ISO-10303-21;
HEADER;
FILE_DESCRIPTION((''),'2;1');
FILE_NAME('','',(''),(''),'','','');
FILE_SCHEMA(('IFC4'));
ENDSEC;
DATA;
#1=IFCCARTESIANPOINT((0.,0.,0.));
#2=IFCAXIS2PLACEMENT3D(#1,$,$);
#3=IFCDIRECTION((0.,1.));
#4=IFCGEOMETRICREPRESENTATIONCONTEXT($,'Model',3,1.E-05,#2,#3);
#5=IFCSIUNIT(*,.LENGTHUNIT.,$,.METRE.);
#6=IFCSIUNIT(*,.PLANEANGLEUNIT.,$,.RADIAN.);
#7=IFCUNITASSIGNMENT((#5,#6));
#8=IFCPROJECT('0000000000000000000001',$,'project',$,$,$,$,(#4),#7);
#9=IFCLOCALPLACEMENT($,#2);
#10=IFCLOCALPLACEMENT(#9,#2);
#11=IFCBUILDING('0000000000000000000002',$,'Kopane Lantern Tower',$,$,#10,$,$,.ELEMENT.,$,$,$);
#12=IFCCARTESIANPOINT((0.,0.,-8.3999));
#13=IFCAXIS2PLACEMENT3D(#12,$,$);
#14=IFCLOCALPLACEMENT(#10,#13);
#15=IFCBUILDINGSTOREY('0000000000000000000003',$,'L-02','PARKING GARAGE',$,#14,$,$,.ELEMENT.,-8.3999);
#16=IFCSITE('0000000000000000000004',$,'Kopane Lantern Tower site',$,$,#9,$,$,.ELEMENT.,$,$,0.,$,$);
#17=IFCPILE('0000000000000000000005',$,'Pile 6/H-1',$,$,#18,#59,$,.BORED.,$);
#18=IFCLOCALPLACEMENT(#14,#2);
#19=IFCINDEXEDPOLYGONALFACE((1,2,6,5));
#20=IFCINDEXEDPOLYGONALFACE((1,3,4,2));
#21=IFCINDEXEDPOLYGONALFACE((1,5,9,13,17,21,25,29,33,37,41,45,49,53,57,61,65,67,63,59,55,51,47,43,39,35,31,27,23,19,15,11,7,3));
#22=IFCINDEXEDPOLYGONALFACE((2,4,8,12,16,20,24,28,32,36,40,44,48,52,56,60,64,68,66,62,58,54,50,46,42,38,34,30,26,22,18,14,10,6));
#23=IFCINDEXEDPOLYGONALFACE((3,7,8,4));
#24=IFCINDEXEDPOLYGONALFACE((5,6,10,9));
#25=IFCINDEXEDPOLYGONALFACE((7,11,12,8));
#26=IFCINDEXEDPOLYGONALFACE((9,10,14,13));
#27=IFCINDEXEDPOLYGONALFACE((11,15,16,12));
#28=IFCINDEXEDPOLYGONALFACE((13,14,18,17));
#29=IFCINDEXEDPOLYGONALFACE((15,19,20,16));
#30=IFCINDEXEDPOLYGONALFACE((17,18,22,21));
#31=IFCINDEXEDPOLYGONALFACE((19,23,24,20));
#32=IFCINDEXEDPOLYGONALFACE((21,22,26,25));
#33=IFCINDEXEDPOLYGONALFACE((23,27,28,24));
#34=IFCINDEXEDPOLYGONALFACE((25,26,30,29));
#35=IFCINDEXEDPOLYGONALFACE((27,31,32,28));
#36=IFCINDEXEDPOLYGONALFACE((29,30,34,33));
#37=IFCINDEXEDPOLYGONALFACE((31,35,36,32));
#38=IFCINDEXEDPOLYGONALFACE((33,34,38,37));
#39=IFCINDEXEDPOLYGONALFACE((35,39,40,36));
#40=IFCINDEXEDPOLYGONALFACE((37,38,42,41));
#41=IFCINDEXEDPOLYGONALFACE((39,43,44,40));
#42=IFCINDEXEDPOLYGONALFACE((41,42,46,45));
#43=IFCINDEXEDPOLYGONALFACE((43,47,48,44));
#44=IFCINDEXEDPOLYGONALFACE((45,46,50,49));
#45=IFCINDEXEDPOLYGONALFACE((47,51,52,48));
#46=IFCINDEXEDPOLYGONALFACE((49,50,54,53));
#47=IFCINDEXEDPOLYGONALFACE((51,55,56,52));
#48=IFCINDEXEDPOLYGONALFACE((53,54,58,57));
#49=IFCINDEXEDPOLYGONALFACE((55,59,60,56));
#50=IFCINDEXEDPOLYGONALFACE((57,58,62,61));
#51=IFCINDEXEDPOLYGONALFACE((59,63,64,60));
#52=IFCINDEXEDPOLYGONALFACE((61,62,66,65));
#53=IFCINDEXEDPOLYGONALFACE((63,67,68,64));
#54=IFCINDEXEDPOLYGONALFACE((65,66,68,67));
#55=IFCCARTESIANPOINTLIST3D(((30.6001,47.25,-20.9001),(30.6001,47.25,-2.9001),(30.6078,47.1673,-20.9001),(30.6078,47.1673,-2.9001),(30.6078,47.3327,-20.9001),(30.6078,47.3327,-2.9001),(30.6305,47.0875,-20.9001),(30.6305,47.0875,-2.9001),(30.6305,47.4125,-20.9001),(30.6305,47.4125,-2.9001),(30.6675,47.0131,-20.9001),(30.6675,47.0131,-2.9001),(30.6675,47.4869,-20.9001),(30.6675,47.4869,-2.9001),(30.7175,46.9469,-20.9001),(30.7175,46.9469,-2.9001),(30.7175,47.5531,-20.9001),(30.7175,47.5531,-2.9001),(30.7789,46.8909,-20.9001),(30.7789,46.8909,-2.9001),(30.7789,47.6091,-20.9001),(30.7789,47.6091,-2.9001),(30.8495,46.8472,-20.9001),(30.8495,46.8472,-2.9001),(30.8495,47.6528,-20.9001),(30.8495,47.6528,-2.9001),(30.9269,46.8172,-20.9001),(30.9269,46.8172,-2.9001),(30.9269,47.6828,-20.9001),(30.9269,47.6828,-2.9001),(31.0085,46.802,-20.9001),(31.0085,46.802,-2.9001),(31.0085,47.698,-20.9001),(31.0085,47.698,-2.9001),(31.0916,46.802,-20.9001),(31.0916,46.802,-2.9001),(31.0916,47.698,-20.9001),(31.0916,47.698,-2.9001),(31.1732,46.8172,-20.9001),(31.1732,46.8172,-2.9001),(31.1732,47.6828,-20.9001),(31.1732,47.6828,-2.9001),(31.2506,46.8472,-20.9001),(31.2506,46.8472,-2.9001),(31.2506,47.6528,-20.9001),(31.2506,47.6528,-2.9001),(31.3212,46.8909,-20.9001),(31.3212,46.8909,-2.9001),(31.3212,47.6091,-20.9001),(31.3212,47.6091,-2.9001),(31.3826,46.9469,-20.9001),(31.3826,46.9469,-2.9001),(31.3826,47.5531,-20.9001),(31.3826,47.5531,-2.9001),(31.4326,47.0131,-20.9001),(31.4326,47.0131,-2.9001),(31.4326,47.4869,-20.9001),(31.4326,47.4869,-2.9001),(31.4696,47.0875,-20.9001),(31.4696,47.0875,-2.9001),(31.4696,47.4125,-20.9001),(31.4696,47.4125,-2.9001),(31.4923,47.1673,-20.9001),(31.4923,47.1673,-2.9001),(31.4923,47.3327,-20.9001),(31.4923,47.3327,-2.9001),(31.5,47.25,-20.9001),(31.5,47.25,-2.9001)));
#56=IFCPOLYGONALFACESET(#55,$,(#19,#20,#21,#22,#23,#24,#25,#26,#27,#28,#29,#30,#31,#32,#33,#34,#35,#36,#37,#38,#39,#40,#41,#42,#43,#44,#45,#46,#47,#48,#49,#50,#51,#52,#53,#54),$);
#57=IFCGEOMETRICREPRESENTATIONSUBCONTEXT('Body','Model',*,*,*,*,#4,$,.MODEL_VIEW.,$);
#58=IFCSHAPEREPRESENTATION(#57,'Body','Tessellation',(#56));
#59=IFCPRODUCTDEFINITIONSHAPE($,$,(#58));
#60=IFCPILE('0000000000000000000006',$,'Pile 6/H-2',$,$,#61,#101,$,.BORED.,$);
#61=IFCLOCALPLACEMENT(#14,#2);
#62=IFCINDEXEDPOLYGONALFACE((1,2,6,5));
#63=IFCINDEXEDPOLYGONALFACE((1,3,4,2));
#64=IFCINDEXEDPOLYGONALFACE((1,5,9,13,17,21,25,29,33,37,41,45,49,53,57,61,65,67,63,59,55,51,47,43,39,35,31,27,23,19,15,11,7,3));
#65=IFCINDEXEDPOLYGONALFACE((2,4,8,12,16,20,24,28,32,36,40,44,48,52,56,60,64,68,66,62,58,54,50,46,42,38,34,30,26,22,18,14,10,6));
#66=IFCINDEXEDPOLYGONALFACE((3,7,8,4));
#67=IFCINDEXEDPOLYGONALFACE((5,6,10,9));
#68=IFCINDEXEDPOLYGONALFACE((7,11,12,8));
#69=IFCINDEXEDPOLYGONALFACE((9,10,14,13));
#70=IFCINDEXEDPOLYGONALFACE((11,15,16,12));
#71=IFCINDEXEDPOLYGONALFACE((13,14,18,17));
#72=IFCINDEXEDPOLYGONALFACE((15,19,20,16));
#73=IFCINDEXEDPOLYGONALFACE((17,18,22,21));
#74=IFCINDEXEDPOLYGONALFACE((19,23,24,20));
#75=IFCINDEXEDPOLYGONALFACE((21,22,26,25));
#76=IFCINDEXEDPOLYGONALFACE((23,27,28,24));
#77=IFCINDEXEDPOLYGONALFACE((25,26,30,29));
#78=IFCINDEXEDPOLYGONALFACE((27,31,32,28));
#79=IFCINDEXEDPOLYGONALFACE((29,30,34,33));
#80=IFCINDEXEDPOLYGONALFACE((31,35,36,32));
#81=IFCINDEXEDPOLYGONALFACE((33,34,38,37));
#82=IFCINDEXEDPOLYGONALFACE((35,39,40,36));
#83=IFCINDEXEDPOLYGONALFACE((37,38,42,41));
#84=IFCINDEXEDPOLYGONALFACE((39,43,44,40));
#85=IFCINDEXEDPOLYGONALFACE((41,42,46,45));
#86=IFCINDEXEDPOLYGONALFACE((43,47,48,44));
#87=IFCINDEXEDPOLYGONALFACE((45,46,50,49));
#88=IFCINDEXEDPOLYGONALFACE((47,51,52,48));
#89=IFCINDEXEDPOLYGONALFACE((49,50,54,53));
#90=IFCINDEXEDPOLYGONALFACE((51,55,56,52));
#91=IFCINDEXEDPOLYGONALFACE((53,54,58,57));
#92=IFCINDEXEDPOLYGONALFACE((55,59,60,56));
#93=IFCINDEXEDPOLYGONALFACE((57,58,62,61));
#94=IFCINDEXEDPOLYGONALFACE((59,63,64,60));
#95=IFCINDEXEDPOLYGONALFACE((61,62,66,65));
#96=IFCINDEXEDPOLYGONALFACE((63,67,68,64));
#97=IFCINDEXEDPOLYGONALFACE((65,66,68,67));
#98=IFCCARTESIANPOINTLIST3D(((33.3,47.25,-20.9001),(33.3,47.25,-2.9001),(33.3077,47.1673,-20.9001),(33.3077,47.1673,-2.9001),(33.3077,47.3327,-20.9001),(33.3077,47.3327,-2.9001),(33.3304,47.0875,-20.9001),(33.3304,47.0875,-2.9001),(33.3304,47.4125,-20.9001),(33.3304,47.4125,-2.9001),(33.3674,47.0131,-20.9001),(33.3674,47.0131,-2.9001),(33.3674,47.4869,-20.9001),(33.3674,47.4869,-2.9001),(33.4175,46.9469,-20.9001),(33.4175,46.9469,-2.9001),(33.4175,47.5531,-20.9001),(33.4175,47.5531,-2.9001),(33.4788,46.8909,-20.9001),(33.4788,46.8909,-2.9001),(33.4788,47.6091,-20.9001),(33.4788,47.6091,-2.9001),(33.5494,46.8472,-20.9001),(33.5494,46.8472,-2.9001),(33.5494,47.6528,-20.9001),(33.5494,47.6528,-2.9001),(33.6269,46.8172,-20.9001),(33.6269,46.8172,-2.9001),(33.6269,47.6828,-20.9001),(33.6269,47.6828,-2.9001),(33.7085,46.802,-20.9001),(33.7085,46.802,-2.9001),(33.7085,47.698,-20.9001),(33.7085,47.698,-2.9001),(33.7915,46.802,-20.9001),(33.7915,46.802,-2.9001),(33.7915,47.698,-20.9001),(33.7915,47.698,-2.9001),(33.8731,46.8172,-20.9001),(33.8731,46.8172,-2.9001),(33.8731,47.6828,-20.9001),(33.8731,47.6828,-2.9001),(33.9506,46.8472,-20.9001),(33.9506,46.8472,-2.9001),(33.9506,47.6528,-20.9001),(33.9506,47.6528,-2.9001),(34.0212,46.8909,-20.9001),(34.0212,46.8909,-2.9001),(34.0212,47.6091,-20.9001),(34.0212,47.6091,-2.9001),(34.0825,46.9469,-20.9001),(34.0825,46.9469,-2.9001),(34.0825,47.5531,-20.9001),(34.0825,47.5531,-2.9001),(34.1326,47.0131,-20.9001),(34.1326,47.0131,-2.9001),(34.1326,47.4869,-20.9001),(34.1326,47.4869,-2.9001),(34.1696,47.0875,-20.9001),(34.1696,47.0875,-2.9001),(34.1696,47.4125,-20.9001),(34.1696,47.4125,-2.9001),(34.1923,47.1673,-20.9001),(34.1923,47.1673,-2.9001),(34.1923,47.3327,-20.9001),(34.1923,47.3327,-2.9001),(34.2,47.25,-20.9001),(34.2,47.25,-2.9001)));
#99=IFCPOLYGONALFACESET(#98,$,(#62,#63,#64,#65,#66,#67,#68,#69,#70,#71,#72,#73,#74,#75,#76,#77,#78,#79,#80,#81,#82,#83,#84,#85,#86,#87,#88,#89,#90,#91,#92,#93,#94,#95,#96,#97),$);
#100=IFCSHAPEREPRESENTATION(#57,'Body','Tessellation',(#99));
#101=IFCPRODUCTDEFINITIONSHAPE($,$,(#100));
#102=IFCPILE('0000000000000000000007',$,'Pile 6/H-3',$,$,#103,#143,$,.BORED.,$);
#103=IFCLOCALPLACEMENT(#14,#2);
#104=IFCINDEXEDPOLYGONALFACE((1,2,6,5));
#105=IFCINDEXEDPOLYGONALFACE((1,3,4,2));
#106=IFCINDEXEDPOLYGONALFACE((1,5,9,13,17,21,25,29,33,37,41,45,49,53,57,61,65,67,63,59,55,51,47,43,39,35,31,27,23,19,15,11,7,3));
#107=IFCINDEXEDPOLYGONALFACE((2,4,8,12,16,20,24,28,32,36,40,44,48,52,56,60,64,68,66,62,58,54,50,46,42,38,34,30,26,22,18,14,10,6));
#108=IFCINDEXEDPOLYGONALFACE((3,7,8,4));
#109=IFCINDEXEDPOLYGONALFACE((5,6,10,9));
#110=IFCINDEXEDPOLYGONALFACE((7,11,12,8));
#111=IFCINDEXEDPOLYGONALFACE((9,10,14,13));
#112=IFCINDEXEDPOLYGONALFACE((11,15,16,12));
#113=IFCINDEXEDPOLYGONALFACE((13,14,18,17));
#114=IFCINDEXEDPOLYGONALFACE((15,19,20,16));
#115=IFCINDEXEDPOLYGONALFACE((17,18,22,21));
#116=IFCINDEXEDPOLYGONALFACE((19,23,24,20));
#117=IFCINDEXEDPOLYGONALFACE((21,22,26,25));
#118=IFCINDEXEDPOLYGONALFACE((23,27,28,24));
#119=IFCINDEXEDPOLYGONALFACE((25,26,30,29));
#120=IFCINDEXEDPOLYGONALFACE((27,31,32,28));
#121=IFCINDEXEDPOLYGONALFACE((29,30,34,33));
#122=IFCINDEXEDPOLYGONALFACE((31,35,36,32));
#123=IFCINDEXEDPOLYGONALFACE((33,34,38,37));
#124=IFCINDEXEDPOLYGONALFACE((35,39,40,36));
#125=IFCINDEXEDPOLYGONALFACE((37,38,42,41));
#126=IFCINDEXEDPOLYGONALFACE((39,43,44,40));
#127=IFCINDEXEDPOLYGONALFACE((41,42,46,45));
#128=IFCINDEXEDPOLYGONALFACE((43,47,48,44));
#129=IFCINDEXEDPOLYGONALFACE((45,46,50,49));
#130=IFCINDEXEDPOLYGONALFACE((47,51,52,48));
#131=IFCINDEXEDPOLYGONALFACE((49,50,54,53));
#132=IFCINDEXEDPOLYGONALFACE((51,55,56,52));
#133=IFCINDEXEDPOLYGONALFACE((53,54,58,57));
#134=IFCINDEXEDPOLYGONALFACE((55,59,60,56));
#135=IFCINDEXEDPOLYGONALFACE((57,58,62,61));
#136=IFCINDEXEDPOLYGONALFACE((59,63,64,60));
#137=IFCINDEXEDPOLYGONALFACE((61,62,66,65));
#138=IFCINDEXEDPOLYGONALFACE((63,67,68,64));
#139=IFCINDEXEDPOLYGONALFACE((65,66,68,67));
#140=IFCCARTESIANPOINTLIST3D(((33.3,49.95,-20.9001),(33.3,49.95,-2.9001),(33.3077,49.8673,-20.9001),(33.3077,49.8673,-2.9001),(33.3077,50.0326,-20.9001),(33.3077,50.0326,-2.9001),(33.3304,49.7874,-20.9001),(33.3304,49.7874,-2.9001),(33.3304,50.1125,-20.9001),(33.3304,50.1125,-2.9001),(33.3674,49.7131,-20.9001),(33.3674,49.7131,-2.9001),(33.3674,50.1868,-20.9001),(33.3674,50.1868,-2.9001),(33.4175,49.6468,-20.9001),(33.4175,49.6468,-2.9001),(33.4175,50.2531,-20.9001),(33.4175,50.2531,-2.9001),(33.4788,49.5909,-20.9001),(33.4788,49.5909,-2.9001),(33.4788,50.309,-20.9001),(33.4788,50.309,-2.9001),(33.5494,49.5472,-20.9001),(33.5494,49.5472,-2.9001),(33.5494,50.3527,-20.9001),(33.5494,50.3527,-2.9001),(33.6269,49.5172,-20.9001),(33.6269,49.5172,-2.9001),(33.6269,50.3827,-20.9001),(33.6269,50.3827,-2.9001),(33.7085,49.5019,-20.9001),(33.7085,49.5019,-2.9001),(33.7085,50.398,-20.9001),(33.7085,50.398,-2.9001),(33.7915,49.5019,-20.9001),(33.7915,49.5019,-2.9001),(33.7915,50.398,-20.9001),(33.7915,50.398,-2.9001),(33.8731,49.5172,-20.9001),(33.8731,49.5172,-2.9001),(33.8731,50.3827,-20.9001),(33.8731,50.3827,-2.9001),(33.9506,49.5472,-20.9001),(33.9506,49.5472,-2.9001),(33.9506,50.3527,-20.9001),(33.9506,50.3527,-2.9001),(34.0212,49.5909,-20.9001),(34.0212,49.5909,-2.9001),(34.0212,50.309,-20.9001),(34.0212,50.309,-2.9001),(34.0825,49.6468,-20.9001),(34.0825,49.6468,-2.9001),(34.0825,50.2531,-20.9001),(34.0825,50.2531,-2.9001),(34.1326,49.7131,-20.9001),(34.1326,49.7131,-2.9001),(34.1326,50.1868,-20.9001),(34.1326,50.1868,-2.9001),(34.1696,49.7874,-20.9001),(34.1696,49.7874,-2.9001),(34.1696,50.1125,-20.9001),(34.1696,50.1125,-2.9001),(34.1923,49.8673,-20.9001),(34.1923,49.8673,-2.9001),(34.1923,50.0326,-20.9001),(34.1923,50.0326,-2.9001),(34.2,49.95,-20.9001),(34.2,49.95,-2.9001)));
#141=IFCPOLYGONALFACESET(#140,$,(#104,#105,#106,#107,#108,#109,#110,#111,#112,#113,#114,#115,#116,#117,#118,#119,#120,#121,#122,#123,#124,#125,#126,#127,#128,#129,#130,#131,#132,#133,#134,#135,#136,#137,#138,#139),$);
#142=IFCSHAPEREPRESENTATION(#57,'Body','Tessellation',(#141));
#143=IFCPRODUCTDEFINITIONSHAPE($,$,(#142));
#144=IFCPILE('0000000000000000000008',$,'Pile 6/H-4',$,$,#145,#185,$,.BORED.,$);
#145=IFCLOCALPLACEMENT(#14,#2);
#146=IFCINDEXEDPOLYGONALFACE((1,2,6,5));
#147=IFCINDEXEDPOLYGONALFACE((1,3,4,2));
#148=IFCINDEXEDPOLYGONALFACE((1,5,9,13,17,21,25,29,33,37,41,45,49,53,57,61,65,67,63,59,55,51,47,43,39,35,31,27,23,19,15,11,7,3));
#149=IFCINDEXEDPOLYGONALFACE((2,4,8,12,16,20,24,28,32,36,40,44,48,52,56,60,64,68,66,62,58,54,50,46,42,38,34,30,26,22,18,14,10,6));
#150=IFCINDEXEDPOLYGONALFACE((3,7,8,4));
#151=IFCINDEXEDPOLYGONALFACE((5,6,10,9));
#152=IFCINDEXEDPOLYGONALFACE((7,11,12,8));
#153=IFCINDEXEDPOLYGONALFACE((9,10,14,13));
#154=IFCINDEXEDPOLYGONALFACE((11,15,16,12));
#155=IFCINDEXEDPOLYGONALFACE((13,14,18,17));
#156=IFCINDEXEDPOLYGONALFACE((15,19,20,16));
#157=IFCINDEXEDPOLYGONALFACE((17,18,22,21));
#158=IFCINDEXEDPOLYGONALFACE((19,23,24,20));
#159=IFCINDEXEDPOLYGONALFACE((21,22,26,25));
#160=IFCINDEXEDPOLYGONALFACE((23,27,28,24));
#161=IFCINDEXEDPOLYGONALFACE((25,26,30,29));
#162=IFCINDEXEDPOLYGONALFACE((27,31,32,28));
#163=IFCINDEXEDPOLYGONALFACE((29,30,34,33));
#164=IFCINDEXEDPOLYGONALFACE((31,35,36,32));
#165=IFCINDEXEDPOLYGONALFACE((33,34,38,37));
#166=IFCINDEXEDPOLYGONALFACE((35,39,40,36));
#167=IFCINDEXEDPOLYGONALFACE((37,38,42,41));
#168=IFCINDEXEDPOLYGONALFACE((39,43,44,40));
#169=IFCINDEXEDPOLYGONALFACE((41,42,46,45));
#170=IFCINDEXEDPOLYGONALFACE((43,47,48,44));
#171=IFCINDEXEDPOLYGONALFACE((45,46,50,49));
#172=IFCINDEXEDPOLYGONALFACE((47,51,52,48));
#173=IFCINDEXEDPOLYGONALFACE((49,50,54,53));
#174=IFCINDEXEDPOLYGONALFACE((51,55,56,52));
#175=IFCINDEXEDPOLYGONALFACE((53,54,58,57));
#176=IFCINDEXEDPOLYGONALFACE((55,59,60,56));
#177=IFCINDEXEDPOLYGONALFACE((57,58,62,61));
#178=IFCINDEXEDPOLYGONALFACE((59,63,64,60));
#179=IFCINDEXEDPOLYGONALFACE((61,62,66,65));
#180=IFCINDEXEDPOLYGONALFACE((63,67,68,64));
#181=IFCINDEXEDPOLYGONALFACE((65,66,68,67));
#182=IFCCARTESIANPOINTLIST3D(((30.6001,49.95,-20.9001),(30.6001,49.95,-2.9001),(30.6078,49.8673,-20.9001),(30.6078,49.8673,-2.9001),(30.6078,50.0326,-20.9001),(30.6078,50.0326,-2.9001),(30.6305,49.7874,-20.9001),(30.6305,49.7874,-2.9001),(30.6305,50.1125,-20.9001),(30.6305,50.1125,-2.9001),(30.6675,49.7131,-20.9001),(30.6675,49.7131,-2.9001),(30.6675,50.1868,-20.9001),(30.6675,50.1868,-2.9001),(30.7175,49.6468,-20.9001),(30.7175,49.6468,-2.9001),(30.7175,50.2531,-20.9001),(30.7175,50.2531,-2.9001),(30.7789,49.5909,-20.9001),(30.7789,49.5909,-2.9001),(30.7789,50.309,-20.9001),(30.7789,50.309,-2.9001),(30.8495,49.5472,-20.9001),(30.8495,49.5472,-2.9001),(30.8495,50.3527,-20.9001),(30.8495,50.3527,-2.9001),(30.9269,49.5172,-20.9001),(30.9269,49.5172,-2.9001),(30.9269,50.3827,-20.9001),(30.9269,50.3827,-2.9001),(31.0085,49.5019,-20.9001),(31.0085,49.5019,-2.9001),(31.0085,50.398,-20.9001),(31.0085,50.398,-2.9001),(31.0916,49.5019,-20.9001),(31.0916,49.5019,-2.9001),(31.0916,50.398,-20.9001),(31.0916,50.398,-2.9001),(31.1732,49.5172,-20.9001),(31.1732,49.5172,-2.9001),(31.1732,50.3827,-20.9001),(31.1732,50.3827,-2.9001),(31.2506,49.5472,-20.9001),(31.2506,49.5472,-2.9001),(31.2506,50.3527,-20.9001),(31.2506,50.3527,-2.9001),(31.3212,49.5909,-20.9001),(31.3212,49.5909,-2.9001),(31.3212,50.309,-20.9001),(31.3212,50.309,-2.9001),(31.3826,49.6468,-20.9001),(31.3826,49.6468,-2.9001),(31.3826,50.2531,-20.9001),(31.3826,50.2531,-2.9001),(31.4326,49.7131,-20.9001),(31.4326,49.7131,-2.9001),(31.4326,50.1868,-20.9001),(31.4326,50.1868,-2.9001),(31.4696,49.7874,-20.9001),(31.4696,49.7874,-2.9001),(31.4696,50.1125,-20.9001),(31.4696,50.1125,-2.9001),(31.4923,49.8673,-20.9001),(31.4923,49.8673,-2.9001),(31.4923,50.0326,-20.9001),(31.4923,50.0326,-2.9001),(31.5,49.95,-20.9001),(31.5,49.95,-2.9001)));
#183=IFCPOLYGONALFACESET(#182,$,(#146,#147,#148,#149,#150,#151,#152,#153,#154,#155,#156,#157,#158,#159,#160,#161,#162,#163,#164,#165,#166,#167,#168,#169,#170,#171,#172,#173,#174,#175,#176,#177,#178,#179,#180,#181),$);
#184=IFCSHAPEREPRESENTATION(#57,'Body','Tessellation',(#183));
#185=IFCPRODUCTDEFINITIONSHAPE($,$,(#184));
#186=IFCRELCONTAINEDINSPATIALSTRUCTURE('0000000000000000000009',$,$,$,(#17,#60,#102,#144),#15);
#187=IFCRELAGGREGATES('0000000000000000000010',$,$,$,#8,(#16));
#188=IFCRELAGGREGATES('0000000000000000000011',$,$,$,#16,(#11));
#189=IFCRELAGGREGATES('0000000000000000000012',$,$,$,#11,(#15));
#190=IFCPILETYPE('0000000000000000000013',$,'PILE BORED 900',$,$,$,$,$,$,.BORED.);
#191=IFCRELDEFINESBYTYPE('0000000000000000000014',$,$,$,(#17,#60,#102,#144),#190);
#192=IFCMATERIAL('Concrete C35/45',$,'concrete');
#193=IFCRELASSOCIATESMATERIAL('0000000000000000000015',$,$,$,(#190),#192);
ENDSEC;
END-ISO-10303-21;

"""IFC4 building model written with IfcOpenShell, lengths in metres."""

from ifc_helpers import new_model, si_unit, direction, frame, origin, origin_2d, place, context, subcontext, project, spatial, circle, extrude, material, material_profile, profile_set, type_object, element, save


model = new_model("IFC4")

# Units and contexts
model_context = context("Model", 3, precision=1e-05, world=origin(), true_north=direction((0.0, 1.0)))
body_context = subcontext(model_context, "Body", "Model", "MODEL_VIEW")
ifc_project = project(units=[si_unit("LENGTHUNIT", "METRE"), si_unit("PLANEANGLEUNIT", "RADIAN")], contexts=[model_context])

# Site, building, storey
site_placement = place(None, origin())
site = spatial("IfcSite", under=ifc_project, at=site_placement, Name="Kopane Lantern Tower site", CompositionType="ELEMENT", RefElevation=0.0)
building_placement = place(site_placement, origin())
building = spatial("IfcBuilding", under=site, at=building_placement, Name="Kopane Lantern Tower", CompositionType="ELEMENT")
storey_placement = place(building_placement, frame((0.0, 0.0, -8.3999)))
storey = spatial("IfcBuildingStorey", under=building, at=storey_placement, Name="L-02", Description="PARKING GARAGE", CompositionType="ELEMENT", Elevation=-8.3999)

# Piles
ifc_material_1 = material(Name="Concrete C35/45", Category="concrete")
ifc_material_profile_1 = material_profile(ifc_material_1, circle(Radius=0.45, at=origin_2d()), Name="D900")
ifc_profile_set_1 = profile_set([ifc_material_profile_1], Name="Concrete C35/45")
pile_type_1 = type_object("IfcPileType", Name="PILE BORED 900", PredefinedType="BORED", material=ifc_profile_set_1)
for number, where, z_axis, x_axis, name in (
    (1, (31.05, 47.25, -2.9001), (0.0, 0.0, -1.0), (1.0, 0.0, 0.0), "Pile 6/H-1"),
    (2, (33.75, 47.25, -2.9001), (0.0, 0.0, -1.0), (1.0, 0.0, 0.0), "Pile 6/H-2"),
    (3, (33.75, 49.95, -2.9001), (0.0, 0.0, -1.0), (1.0, 0.0, 0.0), "Pile 6/H-3"),
    (4, (31.05, 49.95, -2.9001), (0.0, 0.0, -1.0), (1.0, 0.0, 0.0), "Pile 6/H-4"),
):
    element("IfcPile", number, at=place(storey_placement, frame(where, z_axis=z_axis, x_axis=x_axis)), inside=storey, type_object=pile_type_1, Name=name, PredefinedType="BORED", context=body_context, shape_type="SweptSolid", body=[
        extrude(circle(Radius=0.45, at=origin_2d()), origin(), (0.0, 0.0, 1.0), 18.0),
    ])

save(model, "model.ifc")
